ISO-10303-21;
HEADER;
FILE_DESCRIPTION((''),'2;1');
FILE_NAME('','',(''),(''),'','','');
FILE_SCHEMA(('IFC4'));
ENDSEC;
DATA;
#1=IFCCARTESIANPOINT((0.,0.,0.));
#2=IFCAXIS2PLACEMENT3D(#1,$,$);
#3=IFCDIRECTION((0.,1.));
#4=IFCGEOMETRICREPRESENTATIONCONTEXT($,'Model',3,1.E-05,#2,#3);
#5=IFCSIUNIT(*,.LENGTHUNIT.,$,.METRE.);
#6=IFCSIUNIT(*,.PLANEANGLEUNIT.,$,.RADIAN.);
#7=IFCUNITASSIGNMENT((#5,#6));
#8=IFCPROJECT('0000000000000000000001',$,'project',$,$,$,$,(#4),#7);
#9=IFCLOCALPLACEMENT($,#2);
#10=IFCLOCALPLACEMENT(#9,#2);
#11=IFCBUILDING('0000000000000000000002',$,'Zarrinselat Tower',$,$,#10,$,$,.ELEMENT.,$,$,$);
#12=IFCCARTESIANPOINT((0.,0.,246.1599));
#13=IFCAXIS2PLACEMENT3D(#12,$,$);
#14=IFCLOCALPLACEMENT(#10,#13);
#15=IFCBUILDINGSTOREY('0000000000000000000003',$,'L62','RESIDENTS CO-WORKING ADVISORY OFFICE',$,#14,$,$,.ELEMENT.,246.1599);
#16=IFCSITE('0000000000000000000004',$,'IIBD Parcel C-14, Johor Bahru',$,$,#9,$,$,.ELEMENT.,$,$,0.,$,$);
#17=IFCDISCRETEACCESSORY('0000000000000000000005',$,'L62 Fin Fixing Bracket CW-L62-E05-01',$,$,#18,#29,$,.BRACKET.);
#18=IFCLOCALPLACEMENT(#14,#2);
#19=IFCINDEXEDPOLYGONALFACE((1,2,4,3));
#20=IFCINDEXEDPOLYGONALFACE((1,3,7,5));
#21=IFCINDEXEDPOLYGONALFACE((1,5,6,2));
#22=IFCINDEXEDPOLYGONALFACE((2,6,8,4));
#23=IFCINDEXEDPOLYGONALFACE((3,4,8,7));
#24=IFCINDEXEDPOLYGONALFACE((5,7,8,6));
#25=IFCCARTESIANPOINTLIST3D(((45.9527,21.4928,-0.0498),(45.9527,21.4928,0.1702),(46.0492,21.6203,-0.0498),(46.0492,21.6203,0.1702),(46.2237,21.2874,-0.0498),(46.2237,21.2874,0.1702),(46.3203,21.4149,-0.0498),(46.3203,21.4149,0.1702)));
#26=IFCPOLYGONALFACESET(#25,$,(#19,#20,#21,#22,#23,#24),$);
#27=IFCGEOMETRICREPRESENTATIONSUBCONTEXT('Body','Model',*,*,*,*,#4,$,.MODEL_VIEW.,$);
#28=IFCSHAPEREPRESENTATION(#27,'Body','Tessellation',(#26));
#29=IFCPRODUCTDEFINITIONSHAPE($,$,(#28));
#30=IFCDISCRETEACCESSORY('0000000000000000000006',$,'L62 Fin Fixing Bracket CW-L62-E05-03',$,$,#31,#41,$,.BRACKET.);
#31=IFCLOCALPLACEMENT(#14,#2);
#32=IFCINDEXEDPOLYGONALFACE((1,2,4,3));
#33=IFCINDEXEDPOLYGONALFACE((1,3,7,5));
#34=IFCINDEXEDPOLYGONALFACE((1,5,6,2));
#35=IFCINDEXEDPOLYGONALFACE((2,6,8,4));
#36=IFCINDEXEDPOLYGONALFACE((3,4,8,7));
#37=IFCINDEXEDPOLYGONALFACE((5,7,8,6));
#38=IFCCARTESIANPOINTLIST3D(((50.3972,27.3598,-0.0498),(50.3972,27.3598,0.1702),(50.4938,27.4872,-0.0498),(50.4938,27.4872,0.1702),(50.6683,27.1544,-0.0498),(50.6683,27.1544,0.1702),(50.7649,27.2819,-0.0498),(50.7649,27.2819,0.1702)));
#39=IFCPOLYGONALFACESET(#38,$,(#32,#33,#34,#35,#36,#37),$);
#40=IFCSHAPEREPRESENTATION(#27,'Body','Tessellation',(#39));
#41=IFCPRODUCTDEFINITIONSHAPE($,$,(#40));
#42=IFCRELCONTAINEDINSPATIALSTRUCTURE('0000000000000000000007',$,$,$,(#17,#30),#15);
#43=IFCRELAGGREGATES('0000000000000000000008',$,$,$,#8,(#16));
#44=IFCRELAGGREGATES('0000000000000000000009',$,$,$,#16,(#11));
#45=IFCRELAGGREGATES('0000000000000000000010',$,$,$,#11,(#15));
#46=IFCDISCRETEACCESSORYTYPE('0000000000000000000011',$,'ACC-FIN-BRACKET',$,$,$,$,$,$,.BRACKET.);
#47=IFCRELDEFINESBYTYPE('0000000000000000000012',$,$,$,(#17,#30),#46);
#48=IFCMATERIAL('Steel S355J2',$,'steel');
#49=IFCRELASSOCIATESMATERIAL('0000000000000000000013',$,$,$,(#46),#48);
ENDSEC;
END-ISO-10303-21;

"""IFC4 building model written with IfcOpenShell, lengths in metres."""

from ifc_helpers import new_model, si_unit, direction, frame, origin, origin_2d, place, context, subcontext, project, spatial, rectangle, extrude, material, type_object, element, save


model = new_model("IFC4")

# Units and contexts
model_context = context("Model", 3, precision=1e-05, world=origin(), true_north=direction((0.0, 1.0)))
body_context = subcontext(model_context, "Body", "Model", "MODEL_VIEW")
ifc_project = project(units=[si_unit("LENGTHUNIT", "METRE"), si_unit("PLANEANGLEUNIT", "RADIAN")], contexts=[model_context])

# Site, building, storey
site_placement = place(None, origin())
site = spatial("IfcSite", under=ifc_project, at=site_placement, Name="IIBD Parcel C-14, Johor Bahru", CompositionType="ELEMENT", RefElevation=0.0)
building_placement = place(site_placement, origin())
building = spatial("IfcBuilding", under=site, at=building_placement, Name="Zarrinselat Tower", CompositionType="ELEMENT")
storey_placement = place(building_placement, frame((0.0, 0.0, 246.1599)))
storey = spatial("IfcBuildingStorey", under=building, at=storey_placement, Name="L62", Description="RESIDENTS CO-WORKING ADVISORY OFFICE", CompositionType="ELEMENT", Elevation=246.1599)

# Discrete accessories
ifc_material_1 = material(Name="Steel S355J2", Category="steel")
discrete_accessory_type = type_object("IfcDiscreteAccessoryType", Name="ACC-FIN-BRACKET", PredefinedType="BRACKET", material=ifc_material_1)
for number, where, z_axis, x_axis, name in (
    (1, (46.1365, 21.4539, -0.0498), (0.0, 0.0, 1.0), (0.797092, -0.603858, 0.0), "L62 Fin Fixing Bracket CW-L62-E05-01"),
    (2, (50.5811, 27.3208, -0.0498), (0.0, 0.0, 1.0), (0.797092, -0.603858, 0.0), "L62 Fin Fixing Bracket CW-L62-E05-03"),
):
    element("IfcDiscreteAccessory", number, at=place(storey_placement, frame(where, z_axis=z_axis, x_axis=x_axis)), inside=storey, type_object=discrete_accessory_type, Name=name, PredefinedType="BRACKET", context=body_context, shape_type="SweptSolid", body=[
        extrude(rectangle(XDim=0.3401, YDim=0.1599, at=origin_2d()), origin(), (0.0, 0.0, 1.0), 0.22),
    ])

save(model, "model.ifc")
